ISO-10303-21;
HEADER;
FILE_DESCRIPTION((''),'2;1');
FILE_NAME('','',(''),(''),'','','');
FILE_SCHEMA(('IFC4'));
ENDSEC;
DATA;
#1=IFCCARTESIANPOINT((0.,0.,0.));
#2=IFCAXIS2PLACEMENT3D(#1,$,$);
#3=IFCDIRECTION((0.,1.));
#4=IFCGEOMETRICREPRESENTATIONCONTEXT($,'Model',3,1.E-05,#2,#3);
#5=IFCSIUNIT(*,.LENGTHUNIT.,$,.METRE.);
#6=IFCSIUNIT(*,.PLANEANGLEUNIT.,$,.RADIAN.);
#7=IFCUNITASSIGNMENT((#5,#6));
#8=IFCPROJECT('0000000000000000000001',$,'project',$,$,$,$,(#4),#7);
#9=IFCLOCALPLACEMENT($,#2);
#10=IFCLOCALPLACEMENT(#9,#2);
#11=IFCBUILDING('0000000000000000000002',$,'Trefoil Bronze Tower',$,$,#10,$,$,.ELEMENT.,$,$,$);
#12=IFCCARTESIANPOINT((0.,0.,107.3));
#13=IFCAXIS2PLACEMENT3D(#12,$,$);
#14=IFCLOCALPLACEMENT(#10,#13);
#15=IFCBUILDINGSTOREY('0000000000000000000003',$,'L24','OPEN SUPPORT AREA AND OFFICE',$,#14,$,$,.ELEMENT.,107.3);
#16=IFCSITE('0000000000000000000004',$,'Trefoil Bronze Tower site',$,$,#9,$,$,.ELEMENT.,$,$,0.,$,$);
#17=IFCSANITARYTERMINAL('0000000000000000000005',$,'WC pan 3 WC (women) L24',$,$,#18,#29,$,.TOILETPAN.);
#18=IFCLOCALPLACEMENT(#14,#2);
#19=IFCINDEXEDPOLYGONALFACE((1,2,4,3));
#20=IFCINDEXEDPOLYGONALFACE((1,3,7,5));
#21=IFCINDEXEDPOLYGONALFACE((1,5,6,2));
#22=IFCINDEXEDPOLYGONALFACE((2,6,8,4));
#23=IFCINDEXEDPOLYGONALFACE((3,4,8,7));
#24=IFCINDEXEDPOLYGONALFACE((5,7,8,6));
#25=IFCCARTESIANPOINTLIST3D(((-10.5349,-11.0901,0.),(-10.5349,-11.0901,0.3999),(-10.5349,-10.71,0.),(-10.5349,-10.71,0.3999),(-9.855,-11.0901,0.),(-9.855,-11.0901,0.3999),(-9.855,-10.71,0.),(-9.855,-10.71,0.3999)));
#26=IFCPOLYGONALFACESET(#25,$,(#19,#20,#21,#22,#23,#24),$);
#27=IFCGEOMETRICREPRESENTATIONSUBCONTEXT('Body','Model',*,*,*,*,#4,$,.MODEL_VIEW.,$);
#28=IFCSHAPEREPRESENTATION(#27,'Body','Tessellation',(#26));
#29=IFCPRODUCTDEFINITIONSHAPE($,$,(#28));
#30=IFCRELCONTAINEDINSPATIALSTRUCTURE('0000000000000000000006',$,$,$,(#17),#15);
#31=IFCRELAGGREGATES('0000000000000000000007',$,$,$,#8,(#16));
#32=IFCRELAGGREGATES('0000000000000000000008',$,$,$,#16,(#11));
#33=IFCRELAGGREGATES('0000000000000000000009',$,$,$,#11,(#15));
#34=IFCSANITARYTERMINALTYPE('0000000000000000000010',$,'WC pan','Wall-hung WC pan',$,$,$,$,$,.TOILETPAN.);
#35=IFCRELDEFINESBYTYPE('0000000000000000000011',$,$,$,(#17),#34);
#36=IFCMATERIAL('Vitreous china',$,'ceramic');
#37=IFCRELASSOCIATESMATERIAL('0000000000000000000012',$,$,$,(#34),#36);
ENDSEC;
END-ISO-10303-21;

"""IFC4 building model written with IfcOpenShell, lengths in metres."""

from ifc_helpers import new_model, si_unit, direction, frame, origin, place, context, subcontext, project, spatial, polyline, outline, extrude, material, type_object, element, save


model = new_model("IFC4")

# Units and contexts
model_context = context("Model", 3, precision=1e-05, world=origin(), true_north=direction((0.0, 1.0)))
body_context = subcontext(model_context, "Body", "Model", "MODEL_VIEW")
ifc_project = project(units=[si_unit("LENGTHUNIT", "METRE"), si_unit("PLANEANGLEUNIT", "RADIAN")], contexts=[model_context])

# Site, building, storey
site_placement = place(None, origin())
site = spatial("IfcSite", under=ifc_project, at=site_placement, Name="Trefoil Bronze Tower site", CompositionType="ELEMENT", RefElevation=0.0)
building_placement = place(site_placement, origin())
building = spatial("IfcBuilding", under=site, at=building_placement, Name="Trefoil Bronze Tower", CompositionType="ELEMENT")
storey_placement = place(building_placement, frame((0.0, 0.0, 107.3)))
storey = spatial("IfcBuildingStorey", under=building, at=storey_placement, Name="L24", Description="OPEN SUPPORT AREA AND OFFICE", CompositionType="ELEMENT", Elevation=107.3)

# Sanitary terminal
ifc_material_1 = material(Name="Vitreous china", Category="ceramic")
sanitary_terminal_type = type_object("IfcSanitaryTerminalType", Name="WC pan", Description="Wall-hung WC pan", PredefinedType="TOILETPAN", material=ifc_material_1)
sanitary_terminal_1_placement = place(storey_placement, origin())
element("IfcSanitaryTerminal", 1, at=sanitary_terminal_1_placement, inside=storey, type_object=sanitary_terminal_type, Name="WC pan 3 WC (women) L24", PredefinedType="TOILETPAN", context=body_context, shape_type="SweptSolid", body=[
    extrude(outline(polyline([(-9.855, -10.71), (-10.5349, -10.71), (-10.5349, -11.0901), (-9.855, -11.0901), (-9.855, -10.71)])), origin(), (0.0, 0.0, 1.0), 0.3999),
])

save(model, "model.ifc")
